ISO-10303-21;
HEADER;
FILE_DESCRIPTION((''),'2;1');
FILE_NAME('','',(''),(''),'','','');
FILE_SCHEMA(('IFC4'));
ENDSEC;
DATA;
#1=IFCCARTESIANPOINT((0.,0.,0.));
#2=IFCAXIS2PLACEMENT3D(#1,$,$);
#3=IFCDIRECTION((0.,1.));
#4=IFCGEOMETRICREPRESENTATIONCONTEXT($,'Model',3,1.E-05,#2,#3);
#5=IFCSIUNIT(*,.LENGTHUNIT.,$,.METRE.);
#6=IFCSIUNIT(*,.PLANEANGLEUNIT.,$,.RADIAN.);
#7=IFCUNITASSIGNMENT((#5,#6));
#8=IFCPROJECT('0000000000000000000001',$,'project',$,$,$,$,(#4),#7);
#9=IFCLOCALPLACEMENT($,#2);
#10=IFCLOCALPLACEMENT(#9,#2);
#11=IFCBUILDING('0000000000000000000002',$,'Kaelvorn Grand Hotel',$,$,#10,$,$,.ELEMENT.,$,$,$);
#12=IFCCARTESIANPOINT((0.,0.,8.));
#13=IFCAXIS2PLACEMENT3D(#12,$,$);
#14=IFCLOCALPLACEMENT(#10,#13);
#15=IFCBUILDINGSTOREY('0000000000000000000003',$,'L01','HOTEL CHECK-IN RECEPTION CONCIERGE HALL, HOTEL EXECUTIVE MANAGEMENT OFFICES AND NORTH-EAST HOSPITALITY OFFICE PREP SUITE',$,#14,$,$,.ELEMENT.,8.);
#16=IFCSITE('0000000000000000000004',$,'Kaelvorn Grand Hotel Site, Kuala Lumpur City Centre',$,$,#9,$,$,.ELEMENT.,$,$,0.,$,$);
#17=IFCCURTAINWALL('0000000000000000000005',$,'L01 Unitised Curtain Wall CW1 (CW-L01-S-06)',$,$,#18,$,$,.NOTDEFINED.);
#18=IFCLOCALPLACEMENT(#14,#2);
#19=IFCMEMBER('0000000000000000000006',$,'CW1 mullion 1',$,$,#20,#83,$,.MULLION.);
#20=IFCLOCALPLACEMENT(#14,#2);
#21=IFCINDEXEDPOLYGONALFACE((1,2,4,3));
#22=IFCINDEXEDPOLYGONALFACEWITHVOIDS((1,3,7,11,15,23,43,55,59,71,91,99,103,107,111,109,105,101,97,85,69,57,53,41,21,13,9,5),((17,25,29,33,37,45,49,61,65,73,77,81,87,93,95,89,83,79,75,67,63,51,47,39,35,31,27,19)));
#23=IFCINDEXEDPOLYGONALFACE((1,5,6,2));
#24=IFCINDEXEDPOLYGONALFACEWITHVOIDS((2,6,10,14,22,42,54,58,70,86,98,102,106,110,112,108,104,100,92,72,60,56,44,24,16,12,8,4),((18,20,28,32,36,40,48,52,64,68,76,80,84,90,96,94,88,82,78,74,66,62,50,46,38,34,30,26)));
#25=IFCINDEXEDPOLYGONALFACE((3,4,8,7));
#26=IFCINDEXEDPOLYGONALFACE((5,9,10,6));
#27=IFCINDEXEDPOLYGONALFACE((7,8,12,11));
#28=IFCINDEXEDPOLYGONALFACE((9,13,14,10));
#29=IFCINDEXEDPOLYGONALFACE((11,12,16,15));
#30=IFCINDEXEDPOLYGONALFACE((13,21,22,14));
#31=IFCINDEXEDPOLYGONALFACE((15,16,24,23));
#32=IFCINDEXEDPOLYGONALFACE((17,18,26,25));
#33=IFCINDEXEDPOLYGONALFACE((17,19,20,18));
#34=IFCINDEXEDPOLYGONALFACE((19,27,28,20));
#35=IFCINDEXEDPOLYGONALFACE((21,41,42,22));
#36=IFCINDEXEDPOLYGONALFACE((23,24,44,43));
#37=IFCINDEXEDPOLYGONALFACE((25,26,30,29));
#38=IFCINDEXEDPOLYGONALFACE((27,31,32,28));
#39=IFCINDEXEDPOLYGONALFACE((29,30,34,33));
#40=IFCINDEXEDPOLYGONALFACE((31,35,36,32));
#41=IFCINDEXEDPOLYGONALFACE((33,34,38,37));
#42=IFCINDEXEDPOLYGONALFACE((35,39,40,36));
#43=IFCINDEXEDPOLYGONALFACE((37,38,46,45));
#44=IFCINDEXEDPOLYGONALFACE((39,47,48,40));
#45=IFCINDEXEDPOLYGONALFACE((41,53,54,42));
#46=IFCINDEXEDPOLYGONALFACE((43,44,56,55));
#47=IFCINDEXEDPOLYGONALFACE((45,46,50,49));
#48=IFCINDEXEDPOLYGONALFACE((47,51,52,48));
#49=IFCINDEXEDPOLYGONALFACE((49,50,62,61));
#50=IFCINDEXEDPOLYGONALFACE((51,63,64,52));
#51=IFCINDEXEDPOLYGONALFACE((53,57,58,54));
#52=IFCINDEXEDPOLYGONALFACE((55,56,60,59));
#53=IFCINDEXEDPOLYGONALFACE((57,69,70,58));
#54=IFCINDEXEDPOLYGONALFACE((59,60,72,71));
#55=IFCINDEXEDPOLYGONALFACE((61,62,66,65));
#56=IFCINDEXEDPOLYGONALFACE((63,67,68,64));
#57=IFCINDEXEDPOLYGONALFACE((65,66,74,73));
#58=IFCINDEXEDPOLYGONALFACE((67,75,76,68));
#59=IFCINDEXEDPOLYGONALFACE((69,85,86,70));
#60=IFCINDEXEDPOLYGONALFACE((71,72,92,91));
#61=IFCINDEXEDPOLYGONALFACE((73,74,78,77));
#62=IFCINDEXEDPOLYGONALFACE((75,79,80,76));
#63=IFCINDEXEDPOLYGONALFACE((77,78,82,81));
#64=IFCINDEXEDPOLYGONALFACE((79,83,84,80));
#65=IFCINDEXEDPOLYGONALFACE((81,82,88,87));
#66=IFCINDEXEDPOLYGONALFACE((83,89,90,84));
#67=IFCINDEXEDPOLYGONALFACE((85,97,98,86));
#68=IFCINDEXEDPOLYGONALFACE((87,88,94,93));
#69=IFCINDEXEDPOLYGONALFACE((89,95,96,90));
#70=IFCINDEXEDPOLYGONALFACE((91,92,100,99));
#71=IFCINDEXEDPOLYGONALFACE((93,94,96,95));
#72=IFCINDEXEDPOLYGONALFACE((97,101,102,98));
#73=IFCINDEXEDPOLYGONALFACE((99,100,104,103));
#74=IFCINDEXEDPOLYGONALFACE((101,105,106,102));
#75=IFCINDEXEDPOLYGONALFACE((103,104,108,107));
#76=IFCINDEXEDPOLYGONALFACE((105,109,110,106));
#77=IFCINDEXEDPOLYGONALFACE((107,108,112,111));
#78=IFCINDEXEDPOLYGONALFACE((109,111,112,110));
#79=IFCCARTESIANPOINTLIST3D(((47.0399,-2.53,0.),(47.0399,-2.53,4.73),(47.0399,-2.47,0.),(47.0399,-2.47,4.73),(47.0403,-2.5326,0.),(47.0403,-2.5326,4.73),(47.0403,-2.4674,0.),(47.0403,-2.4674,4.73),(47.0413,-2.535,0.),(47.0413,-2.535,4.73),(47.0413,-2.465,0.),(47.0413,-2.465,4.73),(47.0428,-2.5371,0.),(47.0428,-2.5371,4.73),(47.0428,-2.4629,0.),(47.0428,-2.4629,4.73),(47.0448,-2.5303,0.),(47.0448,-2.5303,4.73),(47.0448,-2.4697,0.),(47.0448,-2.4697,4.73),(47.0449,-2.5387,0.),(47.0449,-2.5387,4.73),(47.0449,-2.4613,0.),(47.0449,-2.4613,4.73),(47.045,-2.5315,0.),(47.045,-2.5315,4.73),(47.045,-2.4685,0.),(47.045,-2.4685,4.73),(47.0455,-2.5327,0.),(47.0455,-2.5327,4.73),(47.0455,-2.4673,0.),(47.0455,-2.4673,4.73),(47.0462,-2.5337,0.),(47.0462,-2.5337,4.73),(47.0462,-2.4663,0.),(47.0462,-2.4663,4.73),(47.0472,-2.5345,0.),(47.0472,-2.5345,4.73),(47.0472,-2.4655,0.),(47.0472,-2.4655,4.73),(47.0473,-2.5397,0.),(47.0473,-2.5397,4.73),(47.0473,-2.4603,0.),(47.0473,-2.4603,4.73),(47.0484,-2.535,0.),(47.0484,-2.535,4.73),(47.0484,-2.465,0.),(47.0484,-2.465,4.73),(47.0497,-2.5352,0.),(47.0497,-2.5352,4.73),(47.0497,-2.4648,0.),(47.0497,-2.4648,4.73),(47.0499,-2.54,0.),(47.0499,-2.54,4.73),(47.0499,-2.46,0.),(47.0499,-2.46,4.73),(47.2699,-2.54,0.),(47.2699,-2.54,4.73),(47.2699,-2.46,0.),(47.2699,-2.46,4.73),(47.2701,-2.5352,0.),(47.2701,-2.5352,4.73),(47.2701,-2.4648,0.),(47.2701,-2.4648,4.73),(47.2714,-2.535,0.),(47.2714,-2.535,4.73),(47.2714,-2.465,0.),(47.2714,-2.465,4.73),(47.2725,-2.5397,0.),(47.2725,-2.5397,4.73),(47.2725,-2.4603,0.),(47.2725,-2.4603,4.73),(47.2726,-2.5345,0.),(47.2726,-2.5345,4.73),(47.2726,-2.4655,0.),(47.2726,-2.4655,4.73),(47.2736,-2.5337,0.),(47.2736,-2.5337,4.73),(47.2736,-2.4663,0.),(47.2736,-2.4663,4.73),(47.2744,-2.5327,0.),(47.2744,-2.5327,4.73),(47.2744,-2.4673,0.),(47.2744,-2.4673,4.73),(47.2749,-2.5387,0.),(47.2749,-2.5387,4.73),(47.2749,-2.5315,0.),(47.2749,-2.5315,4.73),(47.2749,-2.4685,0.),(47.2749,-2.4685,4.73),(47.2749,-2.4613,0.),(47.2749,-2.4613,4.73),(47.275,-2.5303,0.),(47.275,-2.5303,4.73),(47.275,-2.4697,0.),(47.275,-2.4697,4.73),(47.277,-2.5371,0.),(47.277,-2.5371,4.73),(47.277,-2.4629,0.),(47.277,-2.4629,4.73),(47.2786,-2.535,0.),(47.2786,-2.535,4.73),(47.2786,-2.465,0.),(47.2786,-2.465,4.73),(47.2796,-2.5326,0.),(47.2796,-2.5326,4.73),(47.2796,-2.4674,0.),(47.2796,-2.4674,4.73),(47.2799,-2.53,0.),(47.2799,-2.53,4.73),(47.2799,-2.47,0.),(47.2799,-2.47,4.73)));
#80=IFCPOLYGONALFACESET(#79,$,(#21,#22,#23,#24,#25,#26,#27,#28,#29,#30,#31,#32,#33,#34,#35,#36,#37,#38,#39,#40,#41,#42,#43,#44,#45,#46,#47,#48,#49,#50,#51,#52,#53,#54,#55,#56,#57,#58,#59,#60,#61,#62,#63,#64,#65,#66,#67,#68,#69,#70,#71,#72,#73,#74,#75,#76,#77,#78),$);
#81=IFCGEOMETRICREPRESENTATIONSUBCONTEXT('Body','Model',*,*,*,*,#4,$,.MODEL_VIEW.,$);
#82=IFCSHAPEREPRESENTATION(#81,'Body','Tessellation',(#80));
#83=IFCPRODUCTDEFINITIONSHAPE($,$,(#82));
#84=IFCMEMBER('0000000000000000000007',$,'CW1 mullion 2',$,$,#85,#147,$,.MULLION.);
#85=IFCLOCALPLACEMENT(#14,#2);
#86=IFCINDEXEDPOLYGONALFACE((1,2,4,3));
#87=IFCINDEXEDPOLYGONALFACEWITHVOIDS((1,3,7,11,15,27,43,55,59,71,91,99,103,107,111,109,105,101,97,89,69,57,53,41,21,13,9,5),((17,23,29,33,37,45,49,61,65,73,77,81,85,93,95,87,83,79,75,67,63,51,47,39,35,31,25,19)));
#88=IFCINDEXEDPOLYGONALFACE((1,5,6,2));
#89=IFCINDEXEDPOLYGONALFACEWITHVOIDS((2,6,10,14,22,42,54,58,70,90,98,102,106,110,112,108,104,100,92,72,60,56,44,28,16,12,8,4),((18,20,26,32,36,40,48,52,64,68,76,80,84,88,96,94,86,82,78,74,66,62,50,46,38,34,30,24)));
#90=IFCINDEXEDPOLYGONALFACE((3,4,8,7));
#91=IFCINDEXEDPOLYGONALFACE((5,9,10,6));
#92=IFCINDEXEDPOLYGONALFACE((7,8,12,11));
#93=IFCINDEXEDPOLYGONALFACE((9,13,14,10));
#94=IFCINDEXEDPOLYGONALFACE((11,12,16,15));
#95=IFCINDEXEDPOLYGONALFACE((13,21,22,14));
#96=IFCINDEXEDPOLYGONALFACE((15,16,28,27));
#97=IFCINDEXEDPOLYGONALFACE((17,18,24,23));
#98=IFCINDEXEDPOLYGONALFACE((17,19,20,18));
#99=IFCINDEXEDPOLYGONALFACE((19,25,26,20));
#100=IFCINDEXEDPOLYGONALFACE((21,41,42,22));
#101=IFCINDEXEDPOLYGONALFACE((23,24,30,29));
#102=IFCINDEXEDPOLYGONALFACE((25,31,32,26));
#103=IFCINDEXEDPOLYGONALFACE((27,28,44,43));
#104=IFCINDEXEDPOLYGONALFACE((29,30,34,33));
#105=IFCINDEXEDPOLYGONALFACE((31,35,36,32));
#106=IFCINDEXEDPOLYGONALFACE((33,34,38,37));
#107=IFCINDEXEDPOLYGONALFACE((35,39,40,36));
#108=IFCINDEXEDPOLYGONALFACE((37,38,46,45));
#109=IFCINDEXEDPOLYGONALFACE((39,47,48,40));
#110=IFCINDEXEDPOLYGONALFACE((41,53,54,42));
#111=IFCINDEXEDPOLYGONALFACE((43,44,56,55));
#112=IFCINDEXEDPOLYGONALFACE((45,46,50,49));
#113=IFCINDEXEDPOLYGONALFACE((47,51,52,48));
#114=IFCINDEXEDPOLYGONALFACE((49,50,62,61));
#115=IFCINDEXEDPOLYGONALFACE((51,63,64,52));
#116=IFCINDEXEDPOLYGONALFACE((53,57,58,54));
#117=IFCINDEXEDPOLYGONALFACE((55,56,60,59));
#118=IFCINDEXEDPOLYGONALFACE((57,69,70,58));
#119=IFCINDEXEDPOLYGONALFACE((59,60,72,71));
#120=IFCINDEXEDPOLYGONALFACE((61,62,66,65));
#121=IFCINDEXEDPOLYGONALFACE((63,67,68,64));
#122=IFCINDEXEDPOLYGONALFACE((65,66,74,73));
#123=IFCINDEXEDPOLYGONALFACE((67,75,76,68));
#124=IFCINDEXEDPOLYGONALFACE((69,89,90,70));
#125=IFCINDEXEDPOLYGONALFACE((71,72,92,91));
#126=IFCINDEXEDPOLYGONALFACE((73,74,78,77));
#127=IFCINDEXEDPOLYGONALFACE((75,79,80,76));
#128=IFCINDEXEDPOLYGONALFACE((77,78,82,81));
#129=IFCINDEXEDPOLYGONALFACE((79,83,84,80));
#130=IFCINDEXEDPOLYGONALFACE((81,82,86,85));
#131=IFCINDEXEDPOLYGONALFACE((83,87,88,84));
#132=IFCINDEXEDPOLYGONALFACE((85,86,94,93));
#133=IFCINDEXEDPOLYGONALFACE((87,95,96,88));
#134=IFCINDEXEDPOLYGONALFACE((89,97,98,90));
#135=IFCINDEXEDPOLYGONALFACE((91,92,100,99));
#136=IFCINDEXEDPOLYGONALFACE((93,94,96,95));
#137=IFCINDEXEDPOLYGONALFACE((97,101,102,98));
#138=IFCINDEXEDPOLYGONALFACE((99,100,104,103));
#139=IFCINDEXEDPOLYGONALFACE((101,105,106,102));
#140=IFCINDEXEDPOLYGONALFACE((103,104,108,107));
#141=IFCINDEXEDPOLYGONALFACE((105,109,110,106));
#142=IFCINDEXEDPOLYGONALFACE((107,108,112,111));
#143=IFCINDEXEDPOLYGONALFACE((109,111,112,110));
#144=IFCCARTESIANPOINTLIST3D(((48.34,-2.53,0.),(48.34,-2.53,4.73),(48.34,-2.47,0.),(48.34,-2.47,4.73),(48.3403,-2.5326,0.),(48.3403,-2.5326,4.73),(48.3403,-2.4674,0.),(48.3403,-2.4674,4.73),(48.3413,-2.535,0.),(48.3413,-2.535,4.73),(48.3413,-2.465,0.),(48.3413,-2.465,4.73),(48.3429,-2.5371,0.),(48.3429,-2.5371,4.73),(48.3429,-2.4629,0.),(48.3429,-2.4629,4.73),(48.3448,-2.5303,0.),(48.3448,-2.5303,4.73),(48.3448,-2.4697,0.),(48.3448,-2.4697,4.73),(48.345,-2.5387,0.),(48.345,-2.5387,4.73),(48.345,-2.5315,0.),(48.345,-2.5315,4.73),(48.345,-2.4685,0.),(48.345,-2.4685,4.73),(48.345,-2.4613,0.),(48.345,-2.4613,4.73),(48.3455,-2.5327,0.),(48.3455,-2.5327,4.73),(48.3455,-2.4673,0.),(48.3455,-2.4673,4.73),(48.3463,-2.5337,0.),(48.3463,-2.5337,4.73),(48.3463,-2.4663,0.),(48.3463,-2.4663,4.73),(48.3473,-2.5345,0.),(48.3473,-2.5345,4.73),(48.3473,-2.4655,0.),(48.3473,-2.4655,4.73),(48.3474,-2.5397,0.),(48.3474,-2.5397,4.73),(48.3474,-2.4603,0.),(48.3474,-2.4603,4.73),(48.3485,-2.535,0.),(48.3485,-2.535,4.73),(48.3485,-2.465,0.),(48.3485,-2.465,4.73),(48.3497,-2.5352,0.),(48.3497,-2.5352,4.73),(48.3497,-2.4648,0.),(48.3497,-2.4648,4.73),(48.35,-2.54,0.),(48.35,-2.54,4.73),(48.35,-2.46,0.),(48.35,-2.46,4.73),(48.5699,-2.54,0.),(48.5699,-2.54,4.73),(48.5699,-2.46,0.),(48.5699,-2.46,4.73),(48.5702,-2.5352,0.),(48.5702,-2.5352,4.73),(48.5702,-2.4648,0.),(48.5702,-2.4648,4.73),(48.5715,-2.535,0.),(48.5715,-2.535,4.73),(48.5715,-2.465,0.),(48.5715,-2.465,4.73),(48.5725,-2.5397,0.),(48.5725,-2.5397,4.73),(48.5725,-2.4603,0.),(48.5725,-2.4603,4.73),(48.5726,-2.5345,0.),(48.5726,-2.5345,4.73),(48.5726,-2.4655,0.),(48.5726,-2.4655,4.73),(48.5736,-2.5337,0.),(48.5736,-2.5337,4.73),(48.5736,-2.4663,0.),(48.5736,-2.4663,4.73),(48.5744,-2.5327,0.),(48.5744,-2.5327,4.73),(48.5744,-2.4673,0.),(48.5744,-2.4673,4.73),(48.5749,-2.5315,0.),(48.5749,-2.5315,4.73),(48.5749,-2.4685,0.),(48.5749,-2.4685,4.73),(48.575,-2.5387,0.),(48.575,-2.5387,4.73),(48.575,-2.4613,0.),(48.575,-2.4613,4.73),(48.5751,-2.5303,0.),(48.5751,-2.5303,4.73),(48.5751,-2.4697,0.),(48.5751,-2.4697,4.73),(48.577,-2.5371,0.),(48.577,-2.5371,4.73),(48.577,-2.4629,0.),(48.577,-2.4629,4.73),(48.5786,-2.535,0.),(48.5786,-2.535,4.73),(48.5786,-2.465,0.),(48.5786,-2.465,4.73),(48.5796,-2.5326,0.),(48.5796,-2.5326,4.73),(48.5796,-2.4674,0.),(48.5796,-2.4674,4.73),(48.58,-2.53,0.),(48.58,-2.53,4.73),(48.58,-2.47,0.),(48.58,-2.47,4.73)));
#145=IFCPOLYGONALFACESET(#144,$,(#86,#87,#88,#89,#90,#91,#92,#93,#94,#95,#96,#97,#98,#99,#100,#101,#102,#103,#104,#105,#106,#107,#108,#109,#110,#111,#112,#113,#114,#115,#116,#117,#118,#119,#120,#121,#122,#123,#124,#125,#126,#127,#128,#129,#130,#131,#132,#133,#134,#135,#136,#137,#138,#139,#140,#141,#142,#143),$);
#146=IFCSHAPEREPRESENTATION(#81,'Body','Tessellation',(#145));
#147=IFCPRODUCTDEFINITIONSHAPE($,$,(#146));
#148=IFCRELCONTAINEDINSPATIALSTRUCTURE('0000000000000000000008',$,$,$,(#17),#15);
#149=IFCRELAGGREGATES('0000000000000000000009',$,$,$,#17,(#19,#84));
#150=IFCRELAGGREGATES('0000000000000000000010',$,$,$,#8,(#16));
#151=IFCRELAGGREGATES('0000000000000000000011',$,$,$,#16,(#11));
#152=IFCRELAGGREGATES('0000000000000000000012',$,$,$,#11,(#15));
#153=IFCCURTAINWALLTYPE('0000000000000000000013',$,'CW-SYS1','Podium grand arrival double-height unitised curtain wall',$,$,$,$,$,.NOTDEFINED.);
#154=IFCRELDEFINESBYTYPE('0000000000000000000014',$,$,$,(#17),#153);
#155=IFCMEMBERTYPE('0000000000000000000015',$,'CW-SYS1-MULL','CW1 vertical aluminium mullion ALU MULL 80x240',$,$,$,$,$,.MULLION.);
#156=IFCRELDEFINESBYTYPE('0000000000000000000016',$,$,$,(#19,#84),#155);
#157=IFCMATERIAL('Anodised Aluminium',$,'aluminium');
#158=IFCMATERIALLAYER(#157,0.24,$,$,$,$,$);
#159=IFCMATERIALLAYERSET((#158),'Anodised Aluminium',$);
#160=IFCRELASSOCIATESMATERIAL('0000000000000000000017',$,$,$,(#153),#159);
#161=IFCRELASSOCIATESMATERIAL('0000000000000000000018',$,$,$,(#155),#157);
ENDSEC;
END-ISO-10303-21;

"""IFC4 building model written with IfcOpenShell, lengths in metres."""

from ifc_helpers import new_model, si_unit, direction, frame, origin, origin_2d, place, context, subcontext, project, spatial, hollow_rectangle, extrude, material, layer, layer_set, material_profile, profile_set, type_object, element, aggregate, save


model = new_model("IFC4")

# Units and contexts
model_context = context("Model", 3, precision=1e-05, world=origin(), true_north=direction((0.0, 1.0)))
body_context = subcontext(model_context, "Body", "Model", "MODEL_VIEW")
ifc_project = project(units=[si_unit("LENGTHUNIT", "METRE"), si_unit("PLANEANGLEUNIT", "RADIAN")], contexts=[model_context])

# Site, building, storey
site_placement = place(None, origin())
site = spatial("IfcSite", under=ifc_project, at=site_placement, Name="Kaelvorn Grand Hotel Site, Kuala Lumpur City Centre", CompositionType="ELEMENT", RefElevation=0.0)
building_placement = place(site_placement, origin())
building = spatial("IfcBuilding", under=site, at=building_placement, Name="Kaelvorn Grand Hotel", CompositionType="ELEMENT")
storey_placement = place(building_placement, frame((0.0, 0.0, 8.0)))
storey = spatial("IfcBuildingStorey", under=building, at=storey_placement, Name="L01", Description="HOTEL CHECK-IN RECEPTION CONCIERGE HALL, HOTEL EXECUTIVE MANAGEMENT OFFICES AND NORTH-EAST HOSPITALITY OFFICE PREP SUITE", CompositionType="ELEMENT", Elevation=8.0)

# Curtain wall, members
ifc_material_1 = material(Name="Anodised Aluminium", Category="aluminium")
ifc_layer_1 = layer(ifc_material_1, 0.24)
ifc_layer_set_1 = layer_set([ifc_layer_1], Name="Anodised Aluminium")
curtain_wall_type = type_object("IfcCurtainWallType", Name="CW-SYS1", Description="Podium grand arrival double-height unitised curtain wall", PredefinedType="NOTDEFINED", material=ifc_layer_set_1)
ifc_material_profile_1 = material_profile(ifc_material_1, hollow_rectangle(XDim=0.0801, YDim=0.24, WallThickness=0.0049, InnerFilletRadius=0.0049, OuterFilletRadius=0.01, at=origin_2d()), Name="ALU MULL 80x240")
ifc_profile_set_1 = profile_set([ifc_material_profile_1], Name="Anodised Aluminium")
member_type_1 = type_object("IfcMemberType", Name="CW-SYS1-MULL", Description="CW1 vertical aluminium mullion ALU MULL 80x240", PredefinedType="MULLION", material=ifc_profile_set_1)
curtain_wall_1_placement = place(storey_placement, origin())
curtain_wall_1 = element("IfcCurtainWall", 1, at=curtain_wall_1_placement, inside=storey, type_object=curtain_wall_type, Name="L01 Unitised Curtain Wall CW1 (CW-L01-S-06)", PredefinedType="NOTDEFINED")
member_1_placement = place(storey_placement, frame((47.1599, -2.5, 0.0), z_axis=(0.0, 0.0, 1.0), x_axis=(0.0, 1.0, 0.0)))
member_1 = element("IfcMember", 2, at=member_1_placement, type_object=member_type_1, Name="CW1 mullion 1", PredefinedType="MULLION", context=body_context, shape_type="SweptSolid", body=[
    extrude(hollow_rectangle(XDim=0.0801, YDim=0.24, WallThickness=0.0049, InnerFilletRadius=0.0049, OuterFilletRadius=0.01, at=origin_2d()), origin(), (0.0, 0.0, 1.0), 4.73),
])
member_2_placement = place(storey_placement, frame((48.46, -2.5, 0.0), z_axis=(0.0, 0.0, 1.0), x_axis=(0.0, 1.0, 0.0)))
member_2 = element("IfcMember", 3, at=member_2_placement, type_object=member_type_1, Name="CW1 mullion 2", PredefinedType="MULLION", context=body_context, shape_type="SweptSolid", body=[
    extrude(hollow_rectangle(XDim=0.0801, YDim=0.24, WallThickness=0.0049, InnerFilletRadius=0.0049, OuterFilletRadius=0.01, at=origin_2d()), origin(), (0.0, 0.0, 1.0), 4.73),
])

aggregate(curtain_wall_1, [member_1, member_2])

save(model, "model.ifc")
